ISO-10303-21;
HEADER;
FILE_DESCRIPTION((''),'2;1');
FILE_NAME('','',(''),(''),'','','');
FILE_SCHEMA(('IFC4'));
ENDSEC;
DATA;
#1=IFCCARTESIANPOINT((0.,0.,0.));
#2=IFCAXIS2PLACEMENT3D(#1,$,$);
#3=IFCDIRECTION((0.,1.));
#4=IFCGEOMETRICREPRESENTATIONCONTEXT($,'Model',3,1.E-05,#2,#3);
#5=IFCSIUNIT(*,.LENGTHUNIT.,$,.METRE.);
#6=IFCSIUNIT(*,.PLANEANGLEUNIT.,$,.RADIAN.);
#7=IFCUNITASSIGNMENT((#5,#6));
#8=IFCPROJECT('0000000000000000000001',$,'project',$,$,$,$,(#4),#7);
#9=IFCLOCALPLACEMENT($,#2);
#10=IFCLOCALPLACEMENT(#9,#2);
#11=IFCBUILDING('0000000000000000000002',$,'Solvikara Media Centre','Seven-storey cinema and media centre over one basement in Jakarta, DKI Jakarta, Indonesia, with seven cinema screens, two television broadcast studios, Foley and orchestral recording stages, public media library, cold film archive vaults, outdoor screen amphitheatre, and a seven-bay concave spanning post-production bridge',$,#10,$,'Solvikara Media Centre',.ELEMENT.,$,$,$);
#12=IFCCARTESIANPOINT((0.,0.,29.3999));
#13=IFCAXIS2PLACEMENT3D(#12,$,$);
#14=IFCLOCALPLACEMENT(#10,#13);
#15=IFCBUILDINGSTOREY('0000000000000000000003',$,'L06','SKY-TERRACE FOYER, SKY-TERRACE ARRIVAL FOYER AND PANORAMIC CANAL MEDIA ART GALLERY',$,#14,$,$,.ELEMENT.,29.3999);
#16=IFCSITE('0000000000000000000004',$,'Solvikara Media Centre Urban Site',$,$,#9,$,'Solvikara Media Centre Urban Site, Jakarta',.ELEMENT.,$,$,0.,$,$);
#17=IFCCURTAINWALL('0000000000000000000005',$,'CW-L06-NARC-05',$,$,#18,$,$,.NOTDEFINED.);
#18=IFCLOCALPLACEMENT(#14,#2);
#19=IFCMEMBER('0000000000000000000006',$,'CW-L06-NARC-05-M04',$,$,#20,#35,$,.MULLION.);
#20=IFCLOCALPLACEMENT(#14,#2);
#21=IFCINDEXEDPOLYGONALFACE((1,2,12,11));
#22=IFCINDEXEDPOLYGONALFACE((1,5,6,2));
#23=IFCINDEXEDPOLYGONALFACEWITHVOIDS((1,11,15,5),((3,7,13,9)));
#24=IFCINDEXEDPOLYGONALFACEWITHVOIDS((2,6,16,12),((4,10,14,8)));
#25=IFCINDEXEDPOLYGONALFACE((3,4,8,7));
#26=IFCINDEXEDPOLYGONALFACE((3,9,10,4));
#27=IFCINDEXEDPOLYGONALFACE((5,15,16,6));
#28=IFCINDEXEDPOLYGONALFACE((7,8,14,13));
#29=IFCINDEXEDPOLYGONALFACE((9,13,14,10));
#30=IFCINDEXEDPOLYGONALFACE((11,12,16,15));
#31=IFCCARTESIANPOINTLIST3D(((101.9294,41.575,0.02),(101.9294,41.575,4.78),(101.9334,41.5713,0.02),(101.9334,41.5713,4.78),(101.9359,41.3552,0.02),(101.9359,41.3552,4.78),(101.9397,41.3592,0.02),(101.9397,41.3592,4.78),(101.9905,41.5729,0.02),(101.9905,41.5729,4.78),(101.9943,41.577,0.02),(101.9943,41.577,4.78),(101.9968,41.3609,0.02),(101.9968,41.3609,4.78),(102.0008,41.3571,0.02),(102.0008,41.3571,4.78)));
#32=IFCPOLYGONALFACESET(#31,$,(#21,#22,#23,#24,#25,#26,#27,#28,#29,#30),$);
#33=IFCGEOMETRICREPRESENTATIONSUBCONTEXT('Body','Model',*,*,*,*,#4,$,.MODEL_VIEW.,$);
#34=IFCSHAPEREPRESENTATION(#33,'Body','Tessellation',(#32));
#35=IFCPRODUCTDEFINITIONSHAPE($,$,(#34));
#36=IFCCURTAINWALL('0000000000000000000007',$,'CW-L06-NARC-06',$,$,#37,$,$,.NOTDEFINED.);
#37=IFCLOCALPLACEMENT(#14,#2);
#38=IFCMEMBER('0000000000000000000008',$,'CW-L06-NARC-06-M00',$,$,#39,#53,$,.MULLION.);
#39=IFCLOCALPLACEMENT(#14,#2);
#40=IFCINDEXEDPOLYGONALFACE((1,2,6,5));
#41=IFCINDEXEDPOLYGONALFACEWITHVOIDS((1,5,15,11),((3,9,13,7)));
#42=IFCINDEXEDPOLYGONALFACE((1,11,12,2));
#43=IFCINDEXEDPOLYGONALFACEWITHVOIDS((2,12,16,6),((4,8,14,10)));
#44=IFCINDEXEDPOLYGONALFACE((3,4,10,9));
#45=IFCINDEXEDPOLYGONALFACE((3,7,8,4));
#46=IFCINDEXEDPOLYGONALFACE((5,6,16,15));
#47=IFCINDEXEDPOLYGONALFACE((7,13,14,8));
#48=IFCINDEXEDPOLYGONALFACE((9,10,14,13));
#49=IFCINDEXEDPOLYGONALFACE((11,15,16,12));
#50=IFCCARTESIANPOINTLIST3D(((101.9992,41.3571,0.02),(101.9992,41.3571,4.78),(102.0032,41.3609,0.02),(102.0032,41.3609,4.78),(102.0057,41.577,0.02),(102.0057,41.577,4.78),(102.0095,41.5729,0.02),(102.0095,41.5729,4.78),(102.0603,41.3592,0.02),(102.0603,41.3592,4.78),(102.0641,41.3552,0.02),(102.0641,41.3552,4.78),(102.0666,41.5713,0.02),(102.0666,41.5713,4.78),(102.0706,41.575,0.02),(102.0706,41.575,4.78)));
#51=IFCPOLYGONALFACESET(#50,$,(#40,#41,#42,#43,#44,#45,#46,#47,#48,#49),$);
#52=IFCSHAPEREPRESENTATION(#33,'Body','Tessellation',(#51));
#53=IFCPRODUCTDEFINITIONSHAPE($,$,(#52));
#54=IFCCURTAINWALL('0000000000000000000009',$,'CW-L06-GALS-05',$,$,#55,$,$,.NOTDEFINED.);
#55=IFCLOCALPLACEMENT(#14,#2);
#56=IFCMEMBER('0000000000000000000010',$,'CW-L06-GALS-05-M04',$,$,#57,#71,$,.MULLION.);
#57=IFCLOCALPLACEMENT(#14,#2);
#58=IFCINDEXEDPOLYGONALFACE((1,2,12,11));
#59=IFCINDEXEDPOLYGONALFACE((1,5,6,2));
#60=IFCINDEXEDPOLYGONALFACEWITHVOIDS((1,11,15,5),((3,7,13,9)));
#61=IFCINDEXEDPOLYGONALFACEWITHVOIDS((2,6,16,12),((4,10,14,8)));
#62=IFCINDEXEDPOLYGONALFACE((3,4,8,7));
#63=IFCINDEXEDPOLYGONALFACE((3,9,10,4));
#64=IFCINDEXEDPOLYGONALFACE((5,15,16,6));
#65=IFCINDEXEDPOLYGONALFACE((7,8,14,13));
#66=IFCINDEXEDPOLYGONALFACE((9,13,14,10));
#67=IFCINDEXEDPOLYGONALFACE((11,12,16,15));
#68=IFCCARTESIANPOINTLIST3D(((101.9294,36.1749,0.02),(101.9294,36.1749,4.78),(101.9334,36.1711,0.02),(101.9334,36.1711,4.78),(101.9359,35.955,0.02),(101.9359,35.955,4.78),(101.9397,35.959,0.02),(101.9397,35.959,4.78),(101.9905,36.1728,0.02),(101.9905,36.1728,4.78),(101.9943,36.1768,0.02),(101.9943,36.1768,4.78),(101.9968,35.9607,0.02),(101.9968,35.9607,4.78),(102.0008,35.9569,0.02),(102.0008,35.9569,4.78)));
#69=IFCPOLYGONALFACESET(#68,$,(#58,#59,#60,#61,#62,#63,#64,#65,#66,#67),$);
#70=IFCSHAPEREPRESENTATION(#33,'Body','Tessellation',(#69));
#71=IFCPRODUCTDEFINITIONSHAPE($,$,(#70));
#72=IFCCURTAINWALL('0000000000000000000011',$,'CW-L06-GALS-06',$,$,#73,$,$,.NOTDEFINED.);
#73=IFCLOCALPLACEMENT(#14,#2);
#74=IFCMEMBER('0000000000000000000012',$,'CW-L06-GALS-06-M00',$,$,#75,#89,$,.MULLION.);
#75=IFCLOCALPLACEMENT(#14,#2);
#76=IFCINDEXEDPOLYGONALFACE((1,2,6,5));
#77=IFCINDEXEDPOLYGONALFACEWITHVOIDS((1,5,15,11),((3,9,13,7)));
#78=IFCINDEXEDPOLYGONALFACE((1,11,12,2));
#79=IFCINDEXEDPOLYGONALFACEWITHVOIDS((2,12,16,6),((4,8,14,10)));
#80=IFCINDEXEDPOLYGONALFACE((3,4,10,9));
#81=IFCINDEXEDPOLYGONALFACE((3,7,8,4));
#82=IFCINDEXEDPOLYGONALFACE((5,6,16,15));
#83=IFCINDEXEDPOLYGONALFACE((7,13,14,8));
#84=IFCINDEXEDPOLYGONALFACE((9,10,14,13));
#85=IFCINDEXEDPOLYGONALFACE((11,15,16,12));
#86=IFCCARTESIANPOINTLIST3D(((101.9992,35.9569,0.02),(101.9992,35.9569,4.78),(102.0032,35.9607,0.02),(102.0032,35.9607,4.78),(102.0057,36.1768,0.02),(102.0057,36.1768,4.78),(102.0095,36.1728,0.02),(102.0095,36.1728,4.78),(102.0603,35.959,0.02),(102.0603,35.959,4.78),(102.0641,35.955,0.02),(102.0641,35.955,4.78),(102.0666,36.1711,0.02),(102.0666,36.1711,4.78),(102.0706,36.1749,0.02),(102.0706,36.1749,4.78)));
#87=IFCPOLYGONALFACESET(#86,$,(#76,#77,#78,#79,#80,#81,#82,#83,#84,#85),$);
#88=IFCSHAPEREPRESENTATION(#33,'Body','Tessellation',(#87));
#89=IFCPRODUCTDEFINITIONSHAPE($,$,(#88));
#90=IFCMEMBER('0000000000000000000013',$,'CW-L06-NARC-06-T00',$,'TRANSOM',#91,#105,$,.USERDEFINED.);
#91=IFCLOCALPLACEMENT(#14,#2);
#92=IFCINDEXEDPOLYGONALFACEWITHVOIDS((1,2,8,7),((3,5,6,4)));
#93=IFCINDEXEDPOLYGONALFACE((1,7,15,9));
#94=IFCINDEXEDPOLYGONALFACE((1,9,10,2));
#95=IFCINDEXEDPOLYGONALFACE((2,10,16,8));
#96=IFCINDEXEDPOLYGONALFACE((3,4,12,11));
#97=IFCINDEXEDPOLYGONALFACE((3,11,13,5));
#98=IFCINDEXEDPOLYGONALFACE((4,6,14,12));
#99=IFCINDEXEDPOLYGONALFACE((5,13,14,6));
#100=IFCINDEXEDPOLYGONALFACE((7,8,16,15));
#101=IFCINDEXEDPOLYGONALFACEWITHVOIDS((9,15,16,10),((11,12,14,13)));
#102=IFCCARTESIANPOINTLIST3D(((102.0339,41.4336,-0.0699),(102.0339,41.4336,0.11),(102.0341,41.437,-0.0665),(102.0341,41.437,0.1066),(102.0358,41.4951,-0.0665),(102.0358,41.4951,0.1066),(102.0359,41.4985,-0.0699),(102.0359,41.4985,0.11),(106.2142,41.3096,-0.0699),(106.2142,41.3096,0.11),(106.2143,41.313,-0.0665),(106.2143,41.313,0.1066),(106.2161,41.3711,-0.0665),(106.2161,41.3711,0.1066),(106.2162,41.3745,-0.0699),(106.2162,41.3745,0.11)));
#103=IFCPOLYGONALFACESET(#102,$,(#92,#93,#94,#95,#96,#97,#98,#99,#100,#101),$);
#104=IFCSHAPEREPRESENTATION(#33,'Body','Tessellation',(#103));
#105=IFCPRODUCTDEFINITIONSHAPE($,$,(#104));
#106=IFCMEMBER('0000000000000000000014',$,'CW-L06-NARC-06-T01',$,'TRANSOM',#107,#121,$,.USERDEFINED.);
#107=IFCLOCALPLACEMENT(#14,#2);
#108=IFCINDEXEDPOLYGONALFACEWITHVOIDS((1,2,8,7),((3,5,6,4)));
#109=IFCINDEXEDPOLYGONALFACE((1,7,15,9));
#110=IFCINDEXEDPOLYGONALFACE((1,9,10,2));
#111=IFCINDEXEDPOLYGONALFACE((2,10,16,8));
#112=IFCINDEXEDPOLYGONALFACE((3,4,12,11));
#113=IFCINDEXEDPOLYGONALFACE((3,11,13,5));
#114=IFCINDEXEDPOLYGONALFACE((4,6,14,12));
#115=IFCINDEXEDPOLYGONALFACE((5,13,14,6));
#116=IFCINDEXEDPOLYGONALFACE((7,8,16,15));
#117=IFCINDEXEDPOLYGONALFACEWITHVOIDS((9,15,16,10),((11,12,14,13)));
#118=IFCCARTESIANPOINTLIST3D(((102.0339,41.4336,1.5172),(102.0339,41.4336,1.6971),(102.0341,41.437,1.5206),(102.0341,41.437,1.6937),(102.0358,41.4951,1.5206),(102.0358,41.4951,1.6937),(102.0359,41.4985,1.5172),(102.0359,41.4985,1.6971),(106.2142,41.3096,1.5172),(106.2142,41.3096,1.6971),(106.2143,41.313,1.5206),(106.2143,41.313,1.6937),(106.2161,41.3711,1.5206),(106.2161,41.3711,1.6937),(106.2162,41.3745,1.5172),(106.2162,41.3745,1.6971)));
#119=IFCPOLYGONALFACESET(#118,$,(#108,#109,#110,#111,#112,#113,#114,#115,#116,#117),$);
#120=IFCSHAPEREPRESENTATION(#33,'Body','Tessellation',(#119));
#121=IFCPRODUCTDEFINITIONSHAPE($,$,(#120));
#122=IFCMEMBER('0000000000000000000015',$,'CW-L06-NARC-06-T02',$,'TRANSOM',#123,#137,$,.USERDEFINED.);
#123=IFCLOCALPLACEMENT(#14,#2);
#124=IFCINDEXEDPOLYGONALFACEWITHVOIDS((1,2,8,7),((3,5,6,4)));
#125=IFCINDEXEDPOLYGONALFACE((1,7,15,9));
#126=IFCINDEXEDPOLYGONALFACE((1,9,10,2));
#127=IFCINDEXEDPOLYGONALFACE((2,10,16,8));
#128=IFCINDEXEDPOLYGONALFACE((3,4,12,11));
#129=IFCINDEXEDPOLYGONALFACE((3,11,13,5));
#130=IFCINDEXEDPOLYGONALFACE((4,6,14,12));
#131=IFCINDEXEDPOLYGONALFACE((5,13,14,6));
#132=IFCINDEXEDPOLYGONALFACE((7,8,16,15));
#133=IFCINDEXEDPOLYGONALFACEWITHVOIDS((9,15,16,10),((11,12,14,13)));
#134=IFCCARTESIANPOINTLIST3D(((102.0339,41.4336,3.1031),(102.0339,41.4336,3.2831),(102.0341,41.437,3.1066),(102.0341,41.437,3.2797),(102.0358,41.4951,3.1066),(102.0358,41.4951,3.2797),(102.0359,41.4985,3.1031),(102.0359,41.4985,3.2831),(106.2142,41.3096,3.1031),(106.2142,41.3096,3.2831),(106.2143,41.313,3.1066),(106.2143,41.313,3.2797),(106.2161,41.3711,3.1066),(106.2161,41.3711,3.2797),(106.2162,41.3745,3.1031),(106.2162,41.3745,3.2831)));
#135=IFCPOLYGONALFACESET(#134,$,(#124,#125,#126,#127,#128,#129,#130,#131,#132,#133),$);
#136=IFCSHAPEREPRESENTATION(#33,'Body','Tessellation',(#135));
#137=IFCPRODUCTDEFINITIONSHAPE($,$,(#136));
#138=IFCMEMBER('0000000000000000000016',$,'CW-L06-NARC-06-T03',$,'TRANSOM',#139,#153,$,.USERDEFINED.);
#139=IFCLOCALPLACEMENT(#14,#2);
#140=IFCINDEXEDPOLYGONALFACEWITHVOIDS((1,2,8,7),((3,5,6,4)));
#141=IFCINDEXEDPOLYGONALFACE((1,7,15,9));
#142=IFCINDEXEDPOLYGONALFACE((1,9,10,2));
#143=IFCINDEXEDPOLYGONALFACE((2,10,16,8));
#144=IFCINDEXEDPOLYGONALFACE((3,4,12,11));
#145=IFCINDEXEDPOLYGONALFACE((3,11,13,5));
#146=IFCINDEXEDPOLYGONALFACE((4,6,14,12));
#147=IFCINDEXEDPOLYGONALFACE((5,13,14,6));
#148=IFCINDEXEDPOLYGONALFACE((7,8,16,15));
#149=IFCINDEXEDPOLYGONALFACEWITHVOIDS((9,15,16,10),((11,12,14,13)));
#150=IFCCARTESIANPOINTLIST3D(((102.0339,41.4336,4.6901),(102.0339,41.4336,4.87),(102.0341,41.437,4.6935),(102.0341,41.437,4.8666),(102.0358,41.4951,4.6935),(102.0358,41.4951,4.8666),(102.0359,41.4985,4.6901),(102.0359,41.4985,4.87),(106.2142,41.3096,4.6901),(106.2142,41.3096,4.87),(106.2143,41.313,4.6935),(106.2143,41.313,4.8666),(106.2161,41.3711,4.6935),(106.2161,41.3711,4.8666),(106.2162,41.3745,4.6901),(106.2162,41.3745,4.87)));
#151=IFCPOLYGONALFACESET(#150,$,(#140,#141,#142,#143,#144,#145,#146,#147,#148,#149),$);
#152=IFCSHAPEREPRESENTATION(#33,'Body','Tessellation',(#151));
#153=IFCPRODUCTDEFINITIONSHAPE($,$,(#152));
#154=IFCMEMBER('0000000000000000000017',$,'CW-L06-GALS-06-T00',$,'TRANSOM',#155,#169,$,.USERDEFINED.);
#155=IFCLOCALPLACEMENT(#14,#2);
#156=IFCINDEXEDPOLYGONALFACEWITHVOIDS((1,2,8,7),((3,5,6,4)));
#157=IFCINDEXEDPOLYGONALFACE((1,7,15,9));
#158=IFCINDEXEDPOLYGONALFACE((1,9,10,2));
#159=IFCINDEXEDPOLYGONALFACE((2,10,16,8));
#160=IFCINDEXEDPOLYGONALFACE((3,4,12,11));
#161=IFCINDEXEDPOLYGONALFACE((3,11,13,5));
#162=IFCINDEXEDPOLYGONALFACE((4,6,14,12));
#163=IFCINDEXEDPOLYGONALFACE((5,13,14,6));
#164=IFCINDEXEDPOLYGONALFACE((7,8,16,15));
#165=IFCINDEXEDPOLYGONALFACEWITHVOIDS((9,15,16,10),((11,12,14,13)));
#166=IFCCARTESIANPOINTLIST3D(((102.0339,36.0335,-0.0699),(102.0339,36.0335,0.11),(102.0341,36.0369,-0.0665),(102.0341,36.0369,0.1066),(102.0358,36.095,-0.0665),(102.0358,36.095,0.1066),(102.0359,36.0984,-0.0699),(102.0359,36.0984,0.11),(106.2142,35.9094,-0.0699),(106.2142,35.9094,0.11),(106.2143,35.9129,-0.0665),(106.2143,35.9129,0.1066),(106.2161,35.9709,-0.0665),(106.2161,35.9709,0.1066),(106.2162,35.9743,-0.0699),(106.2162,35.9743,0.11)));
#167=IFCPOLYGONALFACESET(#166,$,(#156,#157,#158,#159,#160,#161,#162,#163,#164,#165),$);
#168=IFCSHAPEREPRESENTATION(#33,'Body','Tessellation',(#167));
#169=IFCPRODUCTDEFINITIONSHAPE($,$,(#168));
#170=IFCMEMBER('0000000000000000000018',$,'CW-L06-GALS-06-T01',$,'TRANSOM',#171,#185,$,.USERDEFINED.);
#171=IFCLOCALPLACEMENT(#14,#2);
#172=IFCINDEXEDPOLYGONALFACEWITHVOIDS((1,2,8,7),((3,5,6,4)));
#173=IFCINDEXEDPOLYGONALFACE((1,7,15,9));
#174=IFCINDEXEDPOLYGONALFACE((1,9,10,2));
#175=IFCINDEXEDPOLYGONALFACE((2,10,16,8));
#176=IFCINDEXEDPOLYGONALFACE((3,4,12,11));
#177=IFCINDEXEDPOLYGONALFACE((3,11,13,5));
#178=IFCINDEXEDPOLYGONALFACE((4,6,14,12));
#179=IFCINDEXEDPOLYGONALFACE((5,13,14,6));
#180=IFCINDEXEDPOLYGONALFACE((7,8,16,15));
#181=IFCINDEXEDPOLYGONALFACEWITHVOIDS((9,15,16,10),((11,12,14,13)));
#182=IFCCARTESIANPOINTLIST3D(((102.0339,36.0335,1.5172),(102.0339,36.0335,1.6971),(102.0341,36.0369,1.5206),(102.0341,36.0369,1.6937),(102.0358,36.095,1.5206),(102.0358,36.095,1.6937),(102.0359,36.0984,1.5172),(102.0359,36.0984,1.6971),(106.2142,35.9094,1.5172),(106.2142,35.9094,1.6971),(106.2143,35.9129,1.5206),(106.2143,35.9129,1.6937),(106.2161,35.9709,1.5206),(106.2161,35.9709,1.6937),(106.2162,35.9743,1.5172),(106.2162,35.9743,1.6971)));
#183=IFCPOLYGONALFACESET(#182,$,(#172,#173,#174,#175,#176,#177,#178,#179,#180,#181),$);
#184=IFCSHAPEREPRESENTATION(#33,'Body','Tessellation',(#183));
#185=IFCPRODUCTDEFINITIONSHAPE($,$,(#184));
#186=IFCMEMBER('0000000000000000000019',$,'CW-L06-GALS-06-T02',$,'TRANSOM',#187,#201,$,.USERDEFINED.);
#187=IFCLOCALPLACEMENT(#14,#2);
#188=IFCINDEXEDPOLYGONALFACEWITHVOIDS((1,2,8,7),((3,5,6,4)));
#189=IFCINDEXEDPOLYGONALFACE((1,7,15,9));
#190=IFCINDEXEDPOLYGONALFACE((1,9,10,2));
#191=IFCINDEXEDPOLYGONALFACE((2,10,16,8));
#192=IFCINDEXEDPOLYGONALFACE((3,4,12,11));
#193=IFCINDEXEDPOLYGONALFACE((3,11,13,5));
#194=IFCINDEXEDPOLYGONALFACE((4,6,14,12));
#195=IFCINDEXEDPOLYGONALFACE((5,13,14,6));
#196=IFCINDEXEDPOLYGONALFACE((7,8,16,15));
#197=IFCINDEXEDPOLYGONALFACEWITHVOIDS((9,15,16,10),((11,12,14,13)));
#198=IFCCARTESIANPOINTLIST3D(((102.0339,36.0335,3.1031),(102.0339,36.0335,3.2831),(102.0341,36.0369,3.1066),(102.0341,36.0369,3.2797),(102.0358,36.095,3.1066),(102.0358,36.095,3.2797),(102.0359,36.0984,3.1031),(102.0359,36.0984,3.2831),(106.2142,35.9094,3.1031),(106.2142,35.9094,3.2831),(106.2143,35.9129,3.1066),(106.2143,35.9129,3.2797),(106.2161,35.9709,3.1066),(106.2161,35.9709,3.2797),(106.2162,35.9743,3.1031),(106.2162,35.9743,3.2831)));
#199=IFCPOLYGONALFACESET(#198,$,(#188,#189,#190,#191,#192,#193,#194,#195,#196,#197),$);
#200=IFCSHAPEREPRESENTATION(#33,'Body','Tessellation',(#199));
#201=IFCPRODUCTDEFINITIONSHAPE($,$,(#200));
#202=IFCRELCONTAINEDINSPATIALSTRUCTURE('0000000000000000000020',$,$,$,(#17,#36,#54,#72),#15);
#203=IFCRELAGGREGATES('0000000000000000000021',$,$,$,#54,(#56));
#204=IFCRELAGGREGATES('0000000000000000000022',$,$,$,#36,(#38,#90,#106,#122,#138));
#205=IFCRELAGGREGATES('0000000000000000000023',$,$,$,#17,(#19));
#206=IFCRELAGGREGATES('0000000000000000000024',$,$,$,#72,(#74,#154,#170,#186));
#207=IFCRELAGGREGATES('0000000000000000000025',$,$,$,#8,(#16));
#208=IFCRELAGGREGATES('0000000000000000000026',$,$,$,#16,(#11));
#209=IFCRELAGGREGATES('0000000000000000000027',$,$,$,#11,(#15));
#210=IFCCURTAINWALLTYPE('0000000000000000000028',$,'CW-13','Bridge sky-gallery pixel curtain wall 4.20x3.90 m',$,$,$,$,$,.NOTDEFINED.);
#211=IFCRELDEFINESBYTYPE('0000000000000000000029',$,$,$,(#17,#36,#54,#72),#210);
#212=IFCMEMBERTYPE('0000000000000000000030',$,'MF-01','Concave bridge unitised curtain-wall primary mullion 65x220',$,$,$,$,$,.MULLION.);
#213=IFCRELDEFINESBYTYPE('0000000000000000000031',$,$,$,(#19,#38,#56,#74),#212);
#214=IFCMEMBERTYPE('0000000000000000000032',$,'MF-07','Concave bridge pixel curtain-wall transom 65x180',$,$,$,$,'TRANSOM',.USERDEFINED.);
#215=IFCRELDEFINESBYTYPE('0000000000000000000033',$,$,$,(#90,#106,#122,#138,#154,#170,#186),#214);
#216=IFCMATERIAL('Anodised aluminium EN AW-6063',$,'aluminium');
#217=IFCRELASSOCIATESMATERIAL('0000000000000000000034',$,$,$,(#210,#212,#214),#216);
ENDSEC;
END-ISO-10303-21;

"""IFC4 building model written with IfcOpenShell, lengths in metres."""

from ifc_helpers import new_model, si_unit, direction, frame, origin, origin_2d, place, context, subcontext, project, spatial, hollow_rectangle, extrude, material, material_profile, profile_set, type_object, element, aggregate, save


model = new_model("IFC4")

# Units and contexts
model_context = context("Model", 3, precision=1e-05, world=origin(), true_north=direction((0.0, 1.0)))
body_context = subcontext(model_context, "Body", "Model", "MODEL_VIEW")
ifc_project = project(units=[si_unit("LENGTHUNIT", "METRE"), si_unit("PLANEANGLEUNIT", "RADIAN")], contexts=[model_context])

# Site, building, storey
site_placement = place(None, origin())
site = spatial("IfcSite", under=ifc_project, at=site_placement, Name="Solvikara Media Centre Urban Site", LongName="Solvikara Media Centre Urban Site, Jakarta", CompositionType="ELEMENT", RefElevation=0.0)
building_placement = place(site_placement, origin())
building = spatial("IfcBuilding", under=site, at=building_placement, Name="Solvikara Media Centre", Description="Seven-storey cinema and media centre over one basement in Jakarta, DKI Jakarta, Indonesia, with seven cinema screens, two television broadcast studios, Foley and orchestral recording stages, public media library, cold film archive vaults, outdoor screen amphitheatre, and a seven-bay concave spanning post-production bridge", LongName="Solvikara Media Centre", CompositionType="ELEMENT")
storey_placement = place(building_placement, frame((0.0, 0.0, 29.3999)))
storey = spatial("IfcBuildingStorey", under=building, at=storey_placement, Name="L06", Description="SKY-TERRACE FOYER, SKY-TERRACE ARRIVAL FOYER AND PANORAMIC CANAL MEDIA ART GALLERY", CompositionType="ELEMENT", Elevation=29.3999)

# Curtain wall, member
ifc_material_1 = material(Name="Anodised aluminium EN AW-6063", Category="aluminium")
curtain_wall_type = type_object("IfcCurtainWallType", Name="CW-13", Description="Bridge sky-gallery pixel curtain wall 4.20x3.90 m", PredefinedType="NOTDEFINED", material=ifc_material_1)
curtain_wall_1_placement = place(storey_placement, origin())
curtain_wall_1 = element("IfcCurtainWall", 1, at=curtain_wall_1_placement, inside=storey, type_object=curtain_wall_type, Name="CW-L06-NARC-05", PredefinedType="NOTDEFINED")
ifc_material_profile_1 = material_profile(ifc_material_1, hollow_rectangle(XDim=0.0649, YDim=0.22, WallThickness=0.0039, at=origin_2d()), Name="ALU-M 65x220x4")
ifc_profile_set_1 = profile_set([ifc_material_profile_1], Name="Anodised aluminium EN AW-6063")
member_type_1 = type_object("IfcMemberType", Name="MF-01", Description="Concave bridge unitised curtain-wall primary mullion 65x220", PredefinedType="MULLION", material=ifc_profile_set_1)
member_1_placement = place(storey_placement, frame((101.9651, 41.4661, 0.02), z_axis=(0.0, 0.0, 1.0), x_axis=(0.99956, 0.029649, 0.0)))
member_1 = element("IfcMember", 2, at=member_1_placement, type_object=member_type_1, Name="CW-L06-NARC-05-M04", PredefinedType="MULLION", context=body_context, shape_type="SweptSolid", body=[
    extrude(hollow_rectangle(XDim=0.0649, YDim=0.22, WallThickness=0.0039, at=origin_2d()), origin(), (0.0, 0.0, 1.0), 4.76),
])

# Curtain walls, members
curtain_wall_2_placement = place(storey_placement, origin())
curtain_wall_2 = element("IfcCurtainWall", 3, at=curtain_wall_2_placement, inside=storey, type_object=curtain_wall_type, Name="CW-L06-NARC-06", PredefinedType="NOTDEFINED")
member_2_placement = place(storey_placement, frame((102.0349, 41.4661, 0.02), z_axis=(0.0, 0.0, 1.0), x_axis=(0.99956, -0.029649, 0.0)))
member_2 = element("IfcMember", 4, at=member_2_placement, type_object=member_type_1, Name="CW-L06-NARC-06-M00", PredefinedType="MULLION", context=body_context, shape_type="SweptSolid", body=[
    extrude(hollow_rectangle(XDim=0.0649, YDim=0.22, WallThickness=0.0039, at=origin_2d()), origin(), (0.0, 0.0, 1.0), 4.76),
])
curtain_wall_3_placement = place(storey_placement, origin())
curtain_wall_3 = element("IfcCurtainWall", 5, at=curtain_wall_3_placement, inside=storey, type_object=curtain_wall_type, Name="CW-L06-GALS-05", PredefinedType="NOTDEFINED")
member_3_placement = place(storey_placement, frame((101.9651, 36.0659, 0.02), z_axis=(0.0, 0.0, 1.0), x_axis=(0.99956, 0.029649, 0.0)))
member_3 = element("IfcMember", 6, at=member_3_placement, type_object=member_type_1, Name="CW-L06-GALS-05-M04", PredefinedType="MULLION", context=body_context, shape_type="SweptSolid", body=[
    extrude(hollow_rectangle(XDim=0.0649, YDim=0.22, WallThickness=0.0039, at=origin_2d()), origin(), (0.0, 0.0, 1.0), 4.76),
])
aggregate(curtain_wall_3, [member_3])
curtain_wall_4_placement = place(storey_placement, origin())
curtain_wall_4 = element("IfcCurtainWall", 7, at=curtain_wall_4_placement, inside=storey, type_object=curtain_wall_type, Name="CW-L06-GALS-06", PredefinedType="NOTDEFINED")
member_4_placement = place(storey_placement, frame((102.0349, 36.0659, 0.02), z_axis=(0.0, 0.0, 1.0), x_axis=(0.99956, -0.029649, 0.0)))
member_4 = element("IfcMember", 8, at=member_4_placement, type_object=member_type_1, Name="CW-L06-GALS-06-M00", PredefinedType="MULLION", context=body_context, shape_type="SweptSolid", body=[
    extrude(hollow_rectangle(XDim=0.0649, YDim=0.22, WallThickness=0.0039, at=origin_2d()), origin(), (0.0, 0.0, 1.0), 4.76),
])

# Members
ifc_material_profile_2 = material_profile(ifc_material_1, hollow_rectangle(XDim=0.0649, YDim=0.1799, WallThickness=0.0034, at=origin_2d()), Name="ALU-T 65x180x3.5")
ifc_profile_set_2 = profile_set([ifc_material_profile_2], Name="Anodised aluminium EN AW-6063")
member_type_2 = type_object("IfcMemberType", Name="MF-07", Description="Concave bridge pixel curtain-wall transom 65x180", ElementType="TRANSOM", PredefinedType="USERDEFINED", material=ifc_profile_set_2)
member_5_placement = place(storey_placement, frame((102.0349, 41.4661, 0.02), z_axis=(0.99956, -0.029656, 0.0), x_axis=(0.029656, 0.99956, 0.0)))
member_5 = element("IfcMember", 9, at=member_5_placement, type_object=member_type_2, Name="CW-L06-NARC-06-T00", ObjectType="TRANSOM", PredefinedType="USERDEFINED", context=body_context, shape_type="SweptSolid", body=[
    extrude(hollow_rectangle(XDim=0.0649, YDim=0.1799, WallThickness=0.0034, at=origin_2d()), origin(), (0.0, 0.0, 1.0), 4.1821),
])
member_6_placement = place(storey_placement, frame((102.0349, 41.4661, 1.6072), z_axis=(0.99956, -0.029656, 0.0), x_axis=(0.029656, 0.99956, 0.0)))
member_6 = element("IfcMember", 10, at=member_6_placement, type_object=member_type_2, Name="CW-L06-NARC-06-T01", ObjectType="TRANSOM", PredefinedType="USERDEFINED", context=body_context, shape_type="SweptSolid", body=[
    extrude(hollow_rectangle(XDim=0.0649, YDim=0.1799, WallThickness=0.0034, at=origin_2d()), origin(), (0.0, 0.0, 1.0), 4.1821),
])
member_7_placement = place(storey_placement, frame((102.0349, 41.4661, 3.1931), z_axis=(0.99956, -0.029656, 0.0), x_axis=(0.029656, 0.99956, 0.0)))
member_7 = element("IfcMember", 11, at=member_7_placement, type_object=member_type_2, Name="CW-L06-NARC-06-T02", ObjectType="TRANSOM", PredefinedType="USERDEFINED", context=body_context, shape_type="SweptSolid", body=[
    extrude(hollow_rectangle(XDim=0.0649, YDim=0.1799, WallThickness=0.0034, at=origin_2d()), origin(), (0.0, 0.0, 1.0), 4.1821),
])
member_8_placement = place(storey_placement, frame((102.0349, 41.4661, 4.78), z_axis=(0.99956, -0.029656, 0.0), x_axis=(0.029656, 0.99956, 0.0)))
member_8 = element("IfcMember", 12, at=member_8_placement, type_object=member_type_2, Name="CW-L06-NARC-06-T03", ObjectType="TRANSOM", PredefinedType="USERDEFINED", context=body_context, shape_type="SweptSolid", body=[
    extrude(hollow_rectangle(XDim=0.0649, YDim=0.1799, WallThickness=0.0034, at=origin_2d()), origin(), (0.0, 0.0, 1.0), 4.1821),
])
aggregate(curtain_wall_2, [member_2, member_5, member_6, member_7, member_8])
member_9_placement = place(storey_placement, frame((102.0349, 36.0659, 0.02), z_axis=(0.99956, -0.029656, 0.0), x_axis=(0.029656, 0.99956, 0.0)))
member_9 = element("IfcMember", 13, at=member_9_placement, type_object=member_type_2, Name="CW-L06-GALS-06-T00", ObjectType="TRANSOM", PredefinedType="USERDEFINED", context=body_context, shape_type="SweptSolid", body=[
    extrude(hollow_rectangle(XDim=0.0649, YDim=0.1799, WallThickness=0.0034, at=origin_2d()), origin(), (0.0, 0.0, 1.0), 4.1821),
])
member_10_placement = place(storey_placement, frame((102.0349, 36.0659, 1.6072), z_axis=(0.99956, -0.029656, 0.0), x_axis=(0.029656, 0.99956, 0.0)))
member_10 = element("IfcMember", 14, at=member_10_placement, type_object=member_type_2, Name="CW-L06-GALS-06-T01", ObjectType="TRANSOM", PredefinedType="USERDEFINED", context=body_context, shape_type="SweptSolid", body=[
    extrude(hollow_rectangle(XDim=0.0649, YDim=0.1799, WallThickness=0.0034, at=origin_2d()), origin(), (0.0, 0.0, 1.0), 4.1821),
])
member_11_placement = place(storey_placement, frame((102.0349, 36.0659, 3.1931), z_axis=(0.99956, -0.029656, 0.0), x_axis=(0.029656, 0.99956, 0.0)))
member_11 = element("IfcMember", 15, at=member_11_placement, type_object=member_type_2, Name="CW-L06-GALS-06-T02", ObjectType="TRANSOM", PredefinedType="USERDEFINED", context=body_context, shape_type="SweptSolid", body=[
    extrude(hollow_rectangle(XDim=0.0649, YDim=0.1799, WallThickness=0.0034, at=origin_2d()), origin(), (0.0, 0.0, 1.0), 4.1821),
])

aggregate(curtain_wall_1, [member_1])
aggregate(curtain_wall_4, [member_4, member_9, member_10, member_11])

save(model, "model.ifc")
